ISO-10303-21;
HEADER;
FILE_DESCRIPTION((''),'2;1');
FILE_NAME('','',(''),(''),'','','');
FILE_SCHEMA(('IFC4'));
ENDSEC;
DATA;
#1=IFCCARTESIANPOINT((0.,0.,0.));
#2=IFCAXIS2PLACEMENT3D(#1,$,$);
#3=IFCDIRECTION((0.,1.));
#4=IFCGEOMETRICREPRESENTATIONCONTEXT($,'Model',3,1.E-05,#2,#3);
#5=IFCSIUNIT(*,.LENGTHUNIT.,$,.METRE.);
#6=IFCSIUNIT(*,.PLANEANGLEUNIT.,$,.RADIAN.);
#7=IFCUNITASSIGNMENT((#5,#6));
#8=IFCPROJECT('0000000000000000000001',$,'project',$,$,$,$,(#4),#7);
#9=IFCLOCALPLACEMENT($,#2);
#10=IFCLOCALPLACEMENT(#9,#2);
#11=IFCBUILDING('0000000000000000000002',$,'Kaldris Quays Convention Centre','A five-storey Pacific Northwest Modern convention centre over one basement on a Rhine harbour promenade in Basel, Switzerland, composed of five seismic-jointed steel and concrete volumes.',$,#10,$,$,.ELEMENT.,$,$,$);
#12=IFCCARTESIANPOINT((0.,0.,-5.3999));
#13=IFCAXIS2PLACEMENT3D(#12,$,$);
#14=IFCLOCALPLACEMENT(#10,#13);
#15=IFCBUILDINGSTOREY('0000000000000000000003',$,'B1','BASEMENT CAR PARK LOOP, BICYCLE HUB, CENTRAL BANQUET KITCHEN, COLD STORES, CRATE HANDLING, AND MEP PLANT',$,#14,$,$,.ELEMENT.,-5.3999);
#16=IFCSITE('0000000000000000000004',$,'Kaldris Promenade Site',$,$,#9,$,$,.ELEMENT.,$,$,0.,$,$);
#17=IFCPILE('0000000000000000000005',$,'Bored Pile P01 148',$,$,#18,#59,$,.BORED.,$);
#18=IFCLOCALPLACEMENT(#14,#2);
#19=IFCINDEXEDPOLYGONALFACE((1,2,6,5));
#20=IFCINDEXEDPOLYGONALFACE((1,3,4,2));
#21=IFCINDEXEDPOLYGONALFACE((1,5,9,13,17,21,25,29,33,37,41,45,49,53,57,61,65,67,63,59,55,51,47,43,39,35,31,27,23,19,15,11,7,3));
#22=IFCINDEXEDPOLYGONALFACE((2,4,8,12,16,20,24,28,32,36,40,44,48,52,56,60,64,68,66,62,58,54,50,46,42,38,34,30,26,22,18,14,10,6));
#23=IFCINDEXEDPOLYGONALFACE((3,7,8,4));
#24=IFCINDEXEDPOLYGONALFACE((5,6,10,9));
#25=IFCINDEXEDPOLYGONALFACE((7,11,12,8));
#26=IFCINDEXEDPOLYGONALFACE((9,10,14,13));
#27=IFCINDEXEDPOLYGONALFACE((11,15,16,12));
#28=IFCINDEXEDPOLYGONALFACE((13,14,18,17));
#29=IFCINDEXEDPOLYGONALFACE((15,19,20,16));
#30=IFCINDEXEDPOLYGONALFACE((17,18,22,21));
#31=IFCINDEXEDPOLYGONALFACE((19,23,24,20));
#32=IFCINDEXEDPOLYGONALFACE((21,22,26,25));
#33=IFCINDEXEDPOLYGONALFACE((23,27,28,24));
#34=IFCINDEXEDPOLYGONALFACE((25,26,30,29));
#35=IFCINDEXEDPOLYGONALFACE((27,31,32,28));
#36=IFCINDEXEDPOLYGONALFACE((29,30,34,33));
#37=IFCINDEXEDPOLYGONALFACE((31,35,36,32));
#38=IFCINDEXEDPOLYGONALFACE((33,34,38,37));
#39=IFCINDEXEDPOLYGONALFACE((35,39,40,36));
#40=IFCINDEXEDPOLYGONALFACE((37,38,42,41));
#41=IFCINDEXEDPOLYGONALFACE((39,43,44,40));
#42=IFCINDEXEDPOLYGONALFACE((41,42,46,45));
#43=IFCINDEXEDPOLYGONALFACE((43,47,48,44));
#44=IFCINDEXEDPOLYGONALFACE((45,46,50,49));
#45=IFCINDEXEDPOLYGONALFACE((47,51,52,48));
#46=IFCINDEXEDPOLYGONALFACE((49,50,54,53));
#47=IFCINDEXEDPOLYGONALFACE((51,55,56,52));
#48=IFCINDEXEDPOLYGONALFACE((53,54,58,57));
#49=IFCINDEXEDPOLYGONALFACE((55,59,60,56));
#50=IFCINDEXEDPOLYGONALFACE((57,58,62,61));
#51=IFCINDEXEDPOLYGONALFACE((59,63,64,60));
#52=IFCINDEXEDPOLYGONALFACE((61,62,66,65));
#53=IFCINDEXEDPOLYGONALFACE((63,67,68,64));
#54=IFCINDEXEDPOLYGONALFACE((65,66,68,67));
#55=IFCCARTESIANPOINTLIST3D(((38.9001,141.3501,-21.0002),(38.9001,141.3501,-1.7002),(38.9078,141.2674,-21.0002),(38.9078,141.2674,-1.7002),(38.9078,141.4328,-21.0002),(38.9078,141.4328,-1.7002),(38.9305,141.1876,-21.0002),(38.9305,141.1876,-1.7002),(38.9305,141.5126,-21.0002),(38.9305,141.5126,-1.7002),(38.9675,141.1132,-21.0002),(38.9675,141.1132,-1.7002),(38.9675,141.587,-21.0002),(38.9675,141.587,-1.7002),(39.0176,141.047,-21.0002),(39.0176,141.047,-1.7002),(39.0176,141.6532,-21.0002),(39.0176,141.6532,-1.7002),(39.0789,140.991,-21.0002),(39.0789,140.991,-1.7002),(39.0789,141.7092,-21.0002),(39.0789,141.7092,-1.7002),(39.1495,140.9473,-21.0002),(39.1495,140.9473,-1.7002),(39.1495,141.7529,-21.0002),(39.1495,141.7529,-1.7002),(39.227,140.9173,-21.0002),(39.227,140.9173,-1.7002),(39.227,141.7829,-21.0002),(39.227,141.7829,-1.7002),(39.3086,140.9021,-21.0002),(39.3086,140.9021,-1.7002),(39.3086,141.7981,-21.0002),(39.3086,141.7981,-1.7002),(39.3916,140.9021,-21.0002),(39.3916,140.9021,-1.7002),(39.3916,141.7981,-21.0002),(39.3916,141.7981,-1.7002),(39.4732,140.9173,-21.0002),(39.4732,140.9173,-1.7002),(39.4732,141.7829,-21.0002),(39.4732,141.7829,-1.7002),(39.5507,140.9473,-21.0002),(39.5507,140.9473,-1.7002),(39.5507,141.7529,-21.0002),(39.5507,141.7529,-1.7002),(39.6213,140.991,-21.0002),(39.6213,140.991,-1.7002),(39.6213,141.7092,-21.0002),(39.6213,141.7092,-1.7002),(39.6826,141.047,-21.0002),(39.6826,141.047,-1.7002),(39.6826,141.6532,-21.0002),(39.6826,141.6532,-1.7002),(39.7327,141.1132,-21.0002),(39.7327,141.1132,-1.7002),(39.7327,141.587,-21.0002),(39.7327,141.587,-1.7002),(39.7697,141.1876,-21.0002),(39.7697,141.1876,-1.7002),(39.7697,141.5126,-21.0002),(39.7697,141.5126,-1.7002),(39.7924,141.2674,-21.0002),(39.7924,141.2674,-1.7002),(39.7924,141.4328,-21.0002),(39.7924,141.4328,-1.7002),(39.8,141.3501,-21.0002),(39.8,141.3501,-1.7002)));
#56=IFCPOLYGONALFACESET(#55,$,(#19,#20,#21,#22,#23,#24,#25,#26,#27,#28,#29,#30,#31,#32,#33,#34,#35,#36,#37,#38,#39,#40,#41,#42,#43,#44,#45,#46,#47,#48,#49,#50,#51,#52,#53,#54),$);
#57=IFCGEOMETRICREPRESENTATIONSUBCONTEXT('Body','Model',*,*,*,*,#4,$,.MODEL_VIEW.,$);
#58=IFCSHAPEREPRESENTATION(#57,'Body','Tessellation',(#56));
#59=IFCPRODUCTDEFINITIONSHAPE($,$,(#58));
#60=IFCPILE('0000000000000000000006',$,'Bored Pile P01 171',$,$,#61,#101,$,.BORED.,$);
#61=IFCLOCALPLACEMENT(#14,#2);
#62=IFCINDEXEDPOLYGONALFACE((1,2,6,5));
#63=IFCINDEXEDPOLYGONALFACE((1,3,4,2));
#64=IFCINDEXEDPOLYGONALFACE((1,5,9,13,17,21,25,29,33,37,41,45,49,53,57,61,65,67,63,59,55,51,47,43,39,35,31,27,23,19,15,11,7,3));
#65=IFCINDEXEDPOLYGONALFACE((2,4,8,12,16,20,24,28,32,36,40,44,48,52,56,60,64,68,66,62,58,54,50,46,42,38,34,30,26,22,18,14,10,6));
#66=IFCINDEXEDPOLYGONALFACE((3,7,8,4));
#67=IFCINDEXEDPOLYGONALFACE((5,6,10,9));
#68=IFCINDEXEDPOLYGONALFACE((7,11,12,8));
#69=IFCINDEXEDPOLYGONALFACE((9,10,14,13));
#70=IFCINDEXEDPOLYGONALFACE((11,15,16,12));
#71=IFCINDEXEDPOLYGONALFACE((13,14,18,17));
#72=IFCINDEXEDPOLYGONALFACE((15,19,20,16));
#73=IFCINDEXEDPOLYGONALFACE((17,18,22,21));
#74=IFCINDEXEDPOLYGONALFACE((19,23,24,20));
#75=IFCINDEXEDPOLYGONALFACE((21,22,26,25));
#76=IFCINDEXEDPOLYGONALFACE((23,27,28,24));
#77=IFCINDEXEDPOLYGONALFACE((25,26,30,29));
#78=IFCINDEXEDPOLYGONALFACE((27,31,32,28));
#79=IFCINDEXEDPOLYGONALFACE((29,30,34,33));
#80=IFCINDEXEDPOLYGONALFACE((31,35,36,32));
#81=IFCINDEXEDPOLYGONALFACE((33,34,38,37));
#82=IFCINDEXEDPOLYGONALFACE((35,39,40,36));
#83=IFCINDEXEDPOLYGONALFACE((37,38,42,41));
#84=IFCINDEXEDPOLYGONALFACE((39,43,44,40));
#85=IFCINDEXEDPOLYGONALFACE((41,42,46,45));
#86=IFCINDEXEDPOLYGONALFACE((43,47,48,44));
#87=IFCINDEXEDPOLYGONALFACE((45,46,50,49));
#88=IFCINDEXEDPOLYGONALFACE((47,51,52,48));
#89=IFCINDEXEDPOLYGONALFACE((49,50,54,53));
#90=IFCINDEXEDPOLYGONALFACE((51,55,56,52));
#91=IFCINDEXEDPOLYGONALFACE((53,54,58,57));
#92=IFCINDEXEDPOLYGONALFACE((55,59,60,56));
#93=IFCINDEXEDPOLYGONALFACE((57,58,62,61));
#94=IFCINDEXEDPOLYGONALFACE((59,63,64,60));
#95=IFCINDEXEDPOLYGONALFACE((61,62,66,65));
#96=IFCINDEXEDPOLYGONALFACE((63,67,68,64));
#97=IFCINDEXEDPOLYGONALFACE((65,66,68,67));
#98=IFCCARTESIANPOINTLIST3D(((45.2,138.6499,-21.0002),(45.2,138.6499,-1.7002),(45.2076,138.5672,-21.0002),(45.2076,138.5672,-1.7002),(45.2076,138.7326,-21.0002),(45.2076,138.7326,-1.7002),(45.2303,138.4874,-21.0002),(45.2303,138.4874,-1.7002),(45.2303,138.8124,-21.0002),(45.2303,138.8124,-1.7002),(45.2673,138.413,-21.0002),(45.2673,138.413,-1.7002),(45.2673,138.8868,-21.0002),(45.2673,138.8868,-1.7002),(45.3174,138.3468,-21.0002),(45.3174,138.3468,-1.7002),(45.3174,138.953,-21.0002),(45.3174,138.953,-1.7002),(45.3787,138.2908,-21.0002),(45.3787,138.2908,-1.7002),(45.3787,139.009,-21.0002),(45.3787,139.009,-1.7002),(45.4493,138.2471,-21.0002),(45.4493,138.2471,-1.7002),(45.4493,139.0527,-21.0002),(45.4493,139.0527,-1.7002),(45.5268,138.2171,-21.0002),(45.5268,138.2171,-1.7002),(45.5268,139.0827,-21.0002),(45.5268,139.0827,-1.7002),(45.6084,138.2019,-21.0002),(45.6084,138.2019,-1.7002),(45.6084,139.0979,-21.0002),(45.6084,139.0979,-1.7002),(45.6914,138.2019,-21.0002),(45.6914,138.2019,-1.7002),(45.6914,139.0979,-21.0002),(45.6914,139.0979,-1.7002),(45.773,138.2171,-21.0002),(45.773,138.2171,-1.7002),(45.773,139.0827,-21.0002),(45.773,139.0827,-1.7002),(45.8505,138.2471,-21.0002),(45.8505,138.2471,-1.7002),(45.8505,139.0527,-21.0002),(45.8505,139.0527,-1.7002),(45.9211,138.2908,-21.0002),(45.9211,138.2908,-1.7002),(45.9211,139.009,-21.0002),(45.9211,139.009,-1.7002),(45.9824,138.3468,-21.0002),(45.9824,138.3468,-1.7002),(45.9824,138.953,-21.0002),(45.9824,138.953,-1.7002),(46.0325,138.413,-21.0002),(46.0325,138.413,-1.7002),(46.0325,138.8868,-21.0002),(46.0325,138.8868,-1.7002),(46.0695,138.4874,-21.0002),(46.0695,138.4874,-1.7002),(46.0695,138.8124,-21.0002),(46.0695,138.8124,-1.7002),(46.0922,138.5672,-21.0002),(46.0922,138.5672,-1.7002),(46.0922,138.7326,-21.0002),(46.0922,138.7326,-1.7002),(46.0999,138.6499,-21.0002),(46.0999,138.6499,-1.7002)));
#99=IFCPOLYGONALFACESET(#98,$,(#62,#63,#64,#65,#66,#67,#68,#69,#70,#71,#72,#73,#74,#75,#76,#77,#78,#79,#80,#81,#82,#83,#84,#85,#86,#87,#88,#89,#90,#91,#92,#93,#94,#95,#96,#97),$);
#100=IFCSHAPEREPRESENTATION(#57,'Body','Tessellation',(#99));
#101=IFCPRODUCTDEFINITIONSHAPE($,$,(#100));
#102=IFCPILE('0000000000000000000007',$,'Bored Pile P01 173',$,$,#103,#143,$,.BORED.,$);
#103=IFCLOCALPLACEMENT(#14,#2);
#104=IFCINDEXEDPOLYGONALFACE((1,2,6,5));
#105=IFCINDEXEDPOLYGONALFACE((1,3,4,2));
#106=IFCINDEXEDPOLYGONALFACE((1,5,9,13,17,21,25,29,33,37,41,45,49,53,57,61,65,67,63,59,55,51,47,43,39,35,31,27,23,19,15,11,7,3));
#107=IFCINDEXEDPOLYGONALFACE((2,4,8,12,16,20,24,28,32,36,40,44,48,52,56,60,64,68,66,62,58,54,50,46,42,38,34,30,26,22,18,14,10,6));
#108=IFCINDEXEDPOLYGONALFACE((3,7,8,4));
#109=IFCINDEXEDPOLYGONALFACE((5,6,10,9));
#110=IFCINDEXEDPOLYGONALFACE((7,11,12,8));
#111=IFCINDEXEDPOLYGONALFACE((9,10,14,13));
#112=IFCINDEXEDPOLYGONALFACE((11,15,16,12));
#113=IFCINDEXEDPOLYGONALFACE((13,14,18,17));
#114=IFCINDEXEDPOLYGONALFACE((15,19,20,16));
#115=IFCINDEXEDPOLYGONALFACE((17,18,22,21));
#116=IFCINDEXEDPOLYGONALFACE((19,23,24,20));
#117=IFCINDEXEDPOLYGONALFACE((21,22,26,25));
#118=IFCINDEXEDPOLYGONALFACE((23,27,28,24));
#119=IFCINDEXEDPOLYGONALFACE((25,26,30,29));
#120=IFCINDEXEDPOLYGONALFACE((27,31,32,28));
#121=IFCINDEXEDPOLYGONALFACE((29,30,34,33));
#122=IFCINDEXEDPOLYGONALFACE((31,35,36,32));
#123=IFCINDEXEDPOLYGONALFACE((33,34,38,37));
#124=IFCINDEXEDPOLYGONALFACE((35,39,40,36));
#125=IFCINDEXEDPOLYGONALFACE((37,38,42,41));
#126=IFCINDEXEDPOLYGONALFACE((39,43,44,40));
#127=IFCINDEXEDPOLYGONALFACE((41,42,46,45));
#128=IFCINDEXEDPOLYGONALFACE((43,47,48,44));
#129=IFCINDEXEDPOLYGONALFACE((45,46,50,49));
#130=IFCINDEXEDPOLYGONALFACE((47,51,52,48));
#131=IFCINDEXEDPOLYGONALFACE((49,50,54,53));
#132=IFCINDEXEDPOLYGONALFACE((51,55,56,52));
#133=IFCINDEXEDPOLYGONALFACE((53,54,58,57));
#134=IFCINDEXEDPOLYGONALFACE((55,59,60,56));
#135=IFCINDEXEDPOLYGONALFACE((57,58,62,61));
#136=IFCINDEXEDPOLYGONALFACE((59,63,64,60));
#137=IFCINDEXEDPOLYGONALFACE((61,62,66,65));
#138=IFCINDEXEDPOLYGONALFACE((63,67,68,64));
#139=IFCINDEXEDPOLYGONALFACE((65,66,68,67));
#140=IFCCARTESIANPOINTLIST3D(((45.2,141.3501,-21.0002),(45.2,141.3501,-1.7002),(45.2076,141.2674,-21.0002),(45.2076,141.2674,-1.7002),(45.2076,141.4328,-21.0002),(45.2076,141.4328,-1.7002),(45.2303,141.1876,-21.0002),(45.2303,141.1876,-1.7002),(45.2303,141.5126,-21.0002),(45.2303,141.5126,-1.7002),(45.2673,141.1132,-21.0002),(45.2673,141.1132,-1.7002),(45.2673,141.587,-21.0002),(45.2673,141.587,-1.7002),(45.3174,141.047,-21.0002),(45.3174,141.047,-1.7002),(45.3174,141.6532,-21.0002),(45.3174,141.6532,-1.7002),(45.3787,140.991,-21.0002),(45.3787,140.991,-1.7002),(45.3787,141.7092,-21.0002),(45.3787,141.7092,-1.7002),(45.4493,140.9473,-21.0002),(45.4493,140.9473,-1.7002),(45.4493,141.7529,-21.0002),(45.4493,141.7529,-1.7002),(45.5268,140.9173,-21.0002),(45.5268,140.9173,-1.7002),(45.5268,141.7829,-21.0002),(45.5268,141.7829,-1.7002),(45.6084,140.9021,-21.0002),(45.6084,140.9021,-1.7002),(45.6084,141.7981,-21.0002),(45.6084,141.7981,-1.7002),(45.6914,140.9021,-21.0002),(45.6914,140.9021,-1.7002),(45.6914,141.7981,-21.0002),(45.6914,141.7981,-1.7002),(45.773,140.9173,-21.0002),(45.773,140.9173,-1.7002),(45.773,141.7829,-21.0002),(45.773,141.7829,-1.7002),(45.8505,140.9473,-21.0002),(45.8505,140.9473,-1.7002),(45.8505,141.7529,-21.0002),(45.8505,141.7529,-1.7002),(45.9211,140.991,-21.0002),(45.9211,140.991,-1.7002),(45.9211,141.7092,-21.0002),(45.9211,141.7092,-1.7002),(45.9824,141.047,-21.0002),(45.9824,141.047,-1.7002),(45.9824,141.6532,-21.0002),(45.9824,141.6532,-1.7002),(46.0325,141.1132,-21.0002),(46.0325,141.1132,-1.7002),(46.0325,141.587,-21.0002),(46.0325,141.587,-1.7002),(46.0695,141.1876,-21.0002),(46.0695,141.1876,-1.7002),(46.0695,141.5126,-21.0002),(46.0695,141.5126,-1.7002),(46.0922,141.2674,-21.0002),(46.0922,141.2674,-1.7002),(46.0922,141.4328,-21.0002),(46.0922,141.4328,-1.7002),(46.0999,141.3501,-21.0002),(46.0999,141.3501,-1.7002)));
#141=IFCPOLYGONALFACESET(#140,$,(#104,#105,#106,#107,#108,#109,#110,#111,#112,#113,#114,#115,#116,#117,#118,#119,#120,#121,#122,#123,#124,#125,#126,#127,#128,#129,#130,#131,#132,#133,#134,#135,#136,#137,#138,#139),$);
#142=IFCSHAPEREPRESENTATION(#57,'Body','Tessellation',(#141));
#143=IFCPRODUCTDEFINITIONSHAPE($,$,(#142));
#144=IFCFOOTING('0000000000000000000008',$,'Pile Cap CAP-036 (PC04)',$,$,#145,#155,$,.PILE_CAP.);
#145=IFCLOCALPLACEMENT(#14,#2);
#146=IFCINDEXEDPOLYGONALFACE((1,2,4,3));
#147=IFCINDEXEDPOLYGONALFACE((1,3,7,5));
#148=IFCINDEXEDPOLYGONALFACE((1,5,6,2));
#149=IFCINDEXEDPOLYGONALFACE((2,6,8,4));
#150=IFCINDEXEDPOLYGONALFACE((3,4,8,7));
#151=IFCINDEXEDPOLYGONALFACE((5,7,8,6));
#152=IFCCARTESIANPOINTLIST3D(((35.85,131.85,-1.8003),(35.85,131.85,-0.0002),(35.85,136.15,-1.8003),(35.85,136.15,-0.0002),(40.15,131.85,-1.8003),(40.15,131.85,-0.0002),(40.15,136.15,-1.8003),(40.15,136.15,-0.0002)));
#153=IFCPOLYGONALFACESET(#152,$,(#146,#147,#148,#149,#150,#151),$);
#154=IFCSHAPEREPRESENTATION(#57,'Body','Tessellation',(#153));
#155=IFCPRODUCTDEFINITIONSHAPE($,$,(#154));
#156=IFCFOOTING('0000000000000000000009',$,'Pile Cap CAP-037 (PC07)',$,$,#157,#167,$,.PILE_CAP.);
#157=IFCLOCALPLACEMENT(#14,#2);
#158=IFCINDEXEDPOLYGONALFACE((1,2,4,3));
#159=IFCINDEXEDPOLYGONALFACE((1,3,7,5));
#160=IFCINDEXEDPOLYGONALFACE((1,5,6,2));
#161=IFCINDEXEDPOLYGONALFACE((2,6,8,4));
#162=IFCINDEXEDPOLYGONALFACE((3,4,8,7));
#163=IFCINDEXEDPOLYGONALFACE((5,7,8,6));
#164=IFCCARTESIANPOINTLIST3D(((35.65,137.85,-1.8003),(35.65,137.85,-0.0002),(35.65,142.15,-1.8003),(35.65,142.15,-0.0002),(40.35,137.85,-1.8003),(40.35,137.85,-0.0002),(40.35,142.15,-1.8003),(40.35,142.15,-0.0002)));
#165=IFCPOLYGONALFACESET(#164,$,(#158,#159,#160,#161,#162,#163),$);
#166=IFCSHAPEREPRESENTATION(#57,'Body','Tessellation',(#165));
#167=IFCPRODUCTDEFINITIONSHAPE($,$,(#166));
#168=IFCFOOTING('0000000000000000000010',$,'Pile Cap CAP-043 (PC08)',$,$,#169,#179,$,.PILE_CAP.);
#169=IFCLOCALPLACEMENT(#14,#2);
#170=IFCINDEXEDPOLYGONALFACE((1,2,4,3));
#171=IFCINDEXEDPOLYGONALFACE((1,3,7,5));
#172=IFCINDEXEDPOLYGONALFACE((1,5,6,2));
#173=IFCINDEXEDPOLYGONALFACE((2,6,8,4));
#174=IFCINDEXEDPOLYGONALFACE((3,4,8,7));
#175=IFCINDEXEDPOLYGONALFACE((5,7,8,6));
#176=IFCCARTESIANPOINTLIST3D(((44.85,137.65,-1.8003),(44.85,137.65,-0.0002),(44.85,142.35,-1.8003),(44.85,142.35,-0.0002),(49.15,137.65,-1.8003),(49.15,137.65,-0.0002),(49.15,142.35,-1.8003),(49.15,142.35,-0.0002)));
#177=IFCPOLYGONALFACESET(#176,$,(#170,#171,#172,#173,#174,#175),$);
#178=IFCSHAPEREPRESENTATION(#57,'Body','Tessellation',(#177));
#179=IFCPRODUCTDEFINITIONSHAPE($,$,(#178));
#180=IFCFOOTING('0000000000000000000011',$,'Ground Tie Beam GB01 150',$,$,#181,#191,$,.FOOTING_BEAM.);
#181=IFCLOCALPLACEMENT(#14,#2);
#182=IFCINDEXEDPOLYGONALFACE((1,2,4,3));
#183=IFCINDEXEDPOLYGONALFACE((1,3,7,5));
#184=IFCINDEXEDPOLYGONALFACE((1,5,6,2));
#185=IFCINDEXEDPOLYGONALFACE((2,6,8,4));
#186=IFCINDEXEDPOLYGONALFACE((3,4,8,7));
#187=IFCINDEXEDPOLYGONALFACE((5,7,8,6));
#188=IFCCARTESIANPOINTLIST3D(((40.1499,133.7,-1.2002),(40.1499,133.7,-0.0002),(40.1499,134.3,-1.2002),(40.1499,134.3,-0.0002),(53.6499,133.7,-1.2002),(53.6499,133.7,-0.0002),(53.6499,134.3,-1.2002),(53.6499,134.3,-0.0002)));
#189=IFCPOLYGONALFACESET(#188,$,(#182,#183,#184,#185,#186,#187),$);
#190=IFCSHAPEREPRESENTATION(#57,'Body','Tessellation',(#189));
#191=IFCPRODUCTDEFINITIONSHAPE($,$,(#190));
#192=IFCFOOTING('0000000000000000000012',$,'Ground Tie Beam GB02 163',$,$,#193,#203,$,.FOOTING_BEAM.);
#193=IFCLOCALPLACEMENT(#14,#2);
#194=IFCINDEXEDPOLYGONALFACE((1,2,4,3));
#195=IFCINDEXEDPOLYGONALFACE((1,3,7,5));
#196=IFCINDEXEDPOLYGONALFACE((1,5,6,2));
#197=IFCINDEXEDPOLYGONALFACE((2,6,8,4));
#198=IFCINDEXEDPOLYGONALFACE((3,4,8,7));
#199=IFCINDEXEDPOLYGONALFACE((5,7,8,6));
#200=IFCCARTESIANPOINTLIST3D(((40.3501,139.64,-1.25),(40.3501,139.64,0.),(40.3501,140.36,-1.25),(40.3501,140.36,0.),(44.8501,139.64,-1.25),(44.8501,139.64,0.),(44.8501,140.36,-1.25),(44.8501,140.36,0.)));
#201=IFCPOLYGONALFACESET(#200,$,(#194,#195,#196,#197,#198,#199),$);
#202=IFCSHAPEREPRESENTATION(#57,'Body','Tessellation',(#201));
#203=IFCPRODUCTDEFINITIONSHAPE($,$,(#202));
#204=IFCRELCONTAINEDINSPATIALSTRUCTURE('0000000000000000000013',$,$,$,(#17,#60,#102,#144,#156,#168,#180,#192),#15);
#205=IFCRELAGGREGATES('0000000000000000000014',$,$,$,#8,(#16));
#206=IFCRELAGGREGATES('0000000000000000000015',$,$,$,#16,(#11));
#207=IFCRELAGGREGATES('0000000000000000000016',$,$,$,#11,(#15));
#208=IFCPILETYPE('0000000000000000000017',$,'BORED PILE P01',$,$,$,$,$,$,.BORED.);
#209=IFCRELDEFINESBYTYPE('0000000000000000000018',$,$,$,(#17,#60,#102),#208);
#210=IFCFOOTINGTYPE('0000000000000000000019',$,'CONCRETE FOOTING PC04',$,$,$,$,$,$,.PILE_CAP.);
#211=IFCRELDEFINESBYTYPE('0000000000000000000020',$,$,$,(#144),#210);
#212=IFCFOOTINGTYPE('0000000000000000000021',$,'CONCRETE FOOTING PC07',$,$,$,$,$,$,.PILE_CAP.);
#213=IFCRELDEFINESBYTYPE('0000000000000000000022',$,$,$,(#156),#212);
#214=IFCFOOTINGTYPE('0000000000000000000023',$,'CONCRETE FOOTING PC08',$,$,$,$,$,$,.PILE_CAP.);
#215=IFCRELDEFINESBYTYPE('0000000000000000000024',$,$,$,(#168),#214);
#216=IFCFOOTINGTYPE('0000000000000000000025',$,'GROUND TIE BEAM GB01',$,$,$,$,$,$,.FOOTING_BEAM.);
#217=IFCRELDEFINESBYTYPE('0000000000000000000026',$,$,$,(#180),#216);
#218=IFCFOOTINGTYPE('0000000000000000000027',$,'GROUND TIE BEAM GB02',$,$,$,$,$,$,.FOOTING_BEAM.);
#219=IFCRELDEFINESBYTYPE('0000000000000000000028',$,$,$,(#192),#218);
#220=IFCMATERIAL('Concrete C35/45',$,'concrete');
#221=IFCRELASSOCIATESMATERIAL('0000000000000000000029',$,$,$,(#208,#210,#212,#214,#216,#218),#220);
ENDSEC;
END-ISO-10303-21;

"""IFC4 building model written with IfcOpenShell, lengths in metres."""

from ifc_helpers import new_model, si_unit, direction, frame, origin, origin_2d, place, context, subcontext, project, spatial, rectangle, circle, extrude, material, material_profile, profile_set, type_object, element, save


model = new_model("IFC4")

# Units and contexts
model_context = context("Model", 3, precision=1e-05, world=origin(), true_north=direction((0.0, 1.0)))
body_context = subcontext(model_context, "Body", "Model", "MODEL_VIEW")
ifc_project = project(units=[si_unit("LENGTHUNIT", "METRE"), si_unit("PLANEANGLEUNIT", "RADIAN")], contexts=[model_context])

# Site, building, storey
site_placement = place(None, origin())
site = spatial("IfcSite", under=ifc_project, at=site_placement, Name="Kaldris Promenade Site", CompositionType="ELEMENT", RefElevation=0.0)
building_placement = place(site_placement, origin())
building = spatial("IfcBuilding", under=site, at=building_placement, Name="Kaldris Quays Convention Centre", Description="A five-storey Pacific Northwest Modern convention centre over one basement on a Rhine harbour promenade in Basel, Switzerland, composed of five seismic-jointed steel and concrete volumes.", CompositionType="ELEMENT")
storey_placement = place(building_placement, frame((0.0, 0.0, -5.3999)))
storey = spatial("IfcBuildingStorey", under=building, at=storey_placement, Name="B1", Description="BASEMENT CAR PARK LOOP, BICYCLE HUB, CENTRAL BANQUET KITCHEN, COLD STORES, CRATE HANDLING, AND MEP PLANT", CompositionType="ELEMENT", Elevation=-5.3999)

# Piles
ifc_material_1 = material(Name="Concrete C35/45", Category="concrete")
ifc_material_profile_1 = material_profile(ifc_material_1, circle(Radius=0.45, at=origin_2d()), Name="BORED PILE D900")
ifc_profile_set_1 = profile_set([ifc_material_profile_1], Name="Concrete C35/45")
pile_type = type_object("IfcPileType", Name="BORED PILE P01", PredefinedType="BORED", material=ifc_profile_set_1)
for number, where, z_axis, x_axis, name in (
    (1, (39.3501, 141.3501, -1.7002), (0.0, 0.0, -1.0), (1.0, 0.0, 0.0), "Bored Pile P01 148"),
    (2, (45.6499, 138.6499, -1.7002), (0.0, 0.0, -1.0), (1.0, 0.0, 0.0), "Bored Pile P01 171"),
    (3, (45.6499, 141.3501, -1.7002), (0.0, 0.0, -1.0), (1.0, 0.0, 0.0), "Bored Pile P01 173"),
):
    element("IfcPile", number, at=place(storey_placement, frame(where, z_axis=z_axis, x_axis=x_axis)), inside=storey, type_object=pile_type, Name=name, PredefinedType="BORED", context=body_context, shape_type="SweptSolid", body=[
        extrude(circle(Radius=0.45, at=origin_2d()), origin(), (0.0, 0.0, 1.0), 19.3),
    ])

# Footings
footing_type_1 = type_object("IfcFootingType", Name="CONCRETE FOOTING PC04", PredefinedType="PILE_CAP", material=ifc_material_1)
footing_1_placement = place(storey_placement, frame((38.0, 134.0, -1.8003), z_axis=(0.0, 0.0, 1.0), x_axis=(1.0, 0.0, 0.0)))
element("IfcFooting", 4, at=footing_1_placement, inside=storey, type_object=footing_type_1, Name="Pile Cap CAP-036 (PC04)", PredefinedType="PILE_CAP", context=body_context, shape_type="SweptSolid", body=[
    extrude(rectangle(XDim=4.3, YDim=4.3, at=origin_2d()), origin(), (0.0, 0.0, 1.0), 1.8),
])
footing_type_2 = type_object("IfcFootingType", Name="CONCRETE FOOTING PC07", PredefinedType="PILE_CAP", material=ifc_material_1)
footing_2_placement = place(storey_placement, frame((38.0, 140.0, -1.8003), z_axis=(0.0, 0.0, 1.0), x_axis=(1.0, 0.0, 0.0)))
element("IfcFooting", 5, at=footing_2_placement, inside=storey, type_object=footing_type_2, Name="Pile Cap CAP-037 (PC07)", PredefinedType="PILE_CAP", context=body_context, shape_type="SweptSolid", body=[
    extrude(rectangle(XDim=4.7, YDim=4.3, at=origin_2d()), origin(), (0.0, 0.0, 1.0), 1.8),
])
footing_type_3 = type_object("IfcFootingType", Name="CONCRETE FOOTING PC08", PredefinedType="PILE_CAP", material=ifc_material_1)
footing_3_placement = place(storey_placement, frame((47.0, 140.0, -1.8003), z_axis=(0.0, 0.0, 1.0), x_axis=(1.0, 0.0, 0.0)))
element("IfcFooting", 6, at=footing_3_placement, inside=storey, type_object=footing_type_3, Name="Pile Cap CAP-043 (PC08)", PredefinedType="PILE_CAP", context=body_context, shape_type="SweptSolid", body=[
    extrude(rectangle(XDim=4.3, YDim=4.7, at=origin_2d()), origin(), (0.0, 0.0, 1.0), 1.8),
])
footing_type_4 = type_object("IfcFootingType", Name="GROUND TIE BEAM GB01", PredefinedType="FOOTING_BEAM", material=ifc_material_1)
footing_4_placement = place(storey_placement, frame((46.8999, 134.0, -1.2002), z_axis=(0.0, 0.0, 1.0), x_axis=(1.0, 0.0, 0.0)))
element("IfcFooting", 7, at=footing_4_placement, inside=storey, type_object=footing_type_4, Name="Ground Tie Beam GB01 150", PredefinedType="FOOTING_BEAM", context=body_context, shape_type="SweptSolid", body=[
    extrude(rectangle(XDim=13.5, YDim=0.6001, at=origin_2d()), origin(), (0.0, 0.0, 1.0), 1.2),
])
footing_type_5 = type_object("IfcFootingType", Name="GROUND TIE BEAM GB02", PredefinedType="FOOTING_BEAM", material=ifc_material_1)
footing_5_placement = place(storey_placement, frame((42.6001, 140.0, -1.25), z_axis=(0.0, 0.0, 1.0), x_axis=(1.0, 0.0, 0.0)))
element("IfcFooting", 8, at=footing_5_placement, inside=storey, type_object=footing_type_5, Name="Ground Tie Beam GB02 163", PredefinedType="FOOTING_BEAM", context=body_context, shape_type="SweptSolid", body=[
    extrude(rectangle(XDim=4.5, YDim=0.72, at=origin_2d()), origin(), (0.0, 0.0, 1.0), 1.25),
])

save(model, "model.ifc")
